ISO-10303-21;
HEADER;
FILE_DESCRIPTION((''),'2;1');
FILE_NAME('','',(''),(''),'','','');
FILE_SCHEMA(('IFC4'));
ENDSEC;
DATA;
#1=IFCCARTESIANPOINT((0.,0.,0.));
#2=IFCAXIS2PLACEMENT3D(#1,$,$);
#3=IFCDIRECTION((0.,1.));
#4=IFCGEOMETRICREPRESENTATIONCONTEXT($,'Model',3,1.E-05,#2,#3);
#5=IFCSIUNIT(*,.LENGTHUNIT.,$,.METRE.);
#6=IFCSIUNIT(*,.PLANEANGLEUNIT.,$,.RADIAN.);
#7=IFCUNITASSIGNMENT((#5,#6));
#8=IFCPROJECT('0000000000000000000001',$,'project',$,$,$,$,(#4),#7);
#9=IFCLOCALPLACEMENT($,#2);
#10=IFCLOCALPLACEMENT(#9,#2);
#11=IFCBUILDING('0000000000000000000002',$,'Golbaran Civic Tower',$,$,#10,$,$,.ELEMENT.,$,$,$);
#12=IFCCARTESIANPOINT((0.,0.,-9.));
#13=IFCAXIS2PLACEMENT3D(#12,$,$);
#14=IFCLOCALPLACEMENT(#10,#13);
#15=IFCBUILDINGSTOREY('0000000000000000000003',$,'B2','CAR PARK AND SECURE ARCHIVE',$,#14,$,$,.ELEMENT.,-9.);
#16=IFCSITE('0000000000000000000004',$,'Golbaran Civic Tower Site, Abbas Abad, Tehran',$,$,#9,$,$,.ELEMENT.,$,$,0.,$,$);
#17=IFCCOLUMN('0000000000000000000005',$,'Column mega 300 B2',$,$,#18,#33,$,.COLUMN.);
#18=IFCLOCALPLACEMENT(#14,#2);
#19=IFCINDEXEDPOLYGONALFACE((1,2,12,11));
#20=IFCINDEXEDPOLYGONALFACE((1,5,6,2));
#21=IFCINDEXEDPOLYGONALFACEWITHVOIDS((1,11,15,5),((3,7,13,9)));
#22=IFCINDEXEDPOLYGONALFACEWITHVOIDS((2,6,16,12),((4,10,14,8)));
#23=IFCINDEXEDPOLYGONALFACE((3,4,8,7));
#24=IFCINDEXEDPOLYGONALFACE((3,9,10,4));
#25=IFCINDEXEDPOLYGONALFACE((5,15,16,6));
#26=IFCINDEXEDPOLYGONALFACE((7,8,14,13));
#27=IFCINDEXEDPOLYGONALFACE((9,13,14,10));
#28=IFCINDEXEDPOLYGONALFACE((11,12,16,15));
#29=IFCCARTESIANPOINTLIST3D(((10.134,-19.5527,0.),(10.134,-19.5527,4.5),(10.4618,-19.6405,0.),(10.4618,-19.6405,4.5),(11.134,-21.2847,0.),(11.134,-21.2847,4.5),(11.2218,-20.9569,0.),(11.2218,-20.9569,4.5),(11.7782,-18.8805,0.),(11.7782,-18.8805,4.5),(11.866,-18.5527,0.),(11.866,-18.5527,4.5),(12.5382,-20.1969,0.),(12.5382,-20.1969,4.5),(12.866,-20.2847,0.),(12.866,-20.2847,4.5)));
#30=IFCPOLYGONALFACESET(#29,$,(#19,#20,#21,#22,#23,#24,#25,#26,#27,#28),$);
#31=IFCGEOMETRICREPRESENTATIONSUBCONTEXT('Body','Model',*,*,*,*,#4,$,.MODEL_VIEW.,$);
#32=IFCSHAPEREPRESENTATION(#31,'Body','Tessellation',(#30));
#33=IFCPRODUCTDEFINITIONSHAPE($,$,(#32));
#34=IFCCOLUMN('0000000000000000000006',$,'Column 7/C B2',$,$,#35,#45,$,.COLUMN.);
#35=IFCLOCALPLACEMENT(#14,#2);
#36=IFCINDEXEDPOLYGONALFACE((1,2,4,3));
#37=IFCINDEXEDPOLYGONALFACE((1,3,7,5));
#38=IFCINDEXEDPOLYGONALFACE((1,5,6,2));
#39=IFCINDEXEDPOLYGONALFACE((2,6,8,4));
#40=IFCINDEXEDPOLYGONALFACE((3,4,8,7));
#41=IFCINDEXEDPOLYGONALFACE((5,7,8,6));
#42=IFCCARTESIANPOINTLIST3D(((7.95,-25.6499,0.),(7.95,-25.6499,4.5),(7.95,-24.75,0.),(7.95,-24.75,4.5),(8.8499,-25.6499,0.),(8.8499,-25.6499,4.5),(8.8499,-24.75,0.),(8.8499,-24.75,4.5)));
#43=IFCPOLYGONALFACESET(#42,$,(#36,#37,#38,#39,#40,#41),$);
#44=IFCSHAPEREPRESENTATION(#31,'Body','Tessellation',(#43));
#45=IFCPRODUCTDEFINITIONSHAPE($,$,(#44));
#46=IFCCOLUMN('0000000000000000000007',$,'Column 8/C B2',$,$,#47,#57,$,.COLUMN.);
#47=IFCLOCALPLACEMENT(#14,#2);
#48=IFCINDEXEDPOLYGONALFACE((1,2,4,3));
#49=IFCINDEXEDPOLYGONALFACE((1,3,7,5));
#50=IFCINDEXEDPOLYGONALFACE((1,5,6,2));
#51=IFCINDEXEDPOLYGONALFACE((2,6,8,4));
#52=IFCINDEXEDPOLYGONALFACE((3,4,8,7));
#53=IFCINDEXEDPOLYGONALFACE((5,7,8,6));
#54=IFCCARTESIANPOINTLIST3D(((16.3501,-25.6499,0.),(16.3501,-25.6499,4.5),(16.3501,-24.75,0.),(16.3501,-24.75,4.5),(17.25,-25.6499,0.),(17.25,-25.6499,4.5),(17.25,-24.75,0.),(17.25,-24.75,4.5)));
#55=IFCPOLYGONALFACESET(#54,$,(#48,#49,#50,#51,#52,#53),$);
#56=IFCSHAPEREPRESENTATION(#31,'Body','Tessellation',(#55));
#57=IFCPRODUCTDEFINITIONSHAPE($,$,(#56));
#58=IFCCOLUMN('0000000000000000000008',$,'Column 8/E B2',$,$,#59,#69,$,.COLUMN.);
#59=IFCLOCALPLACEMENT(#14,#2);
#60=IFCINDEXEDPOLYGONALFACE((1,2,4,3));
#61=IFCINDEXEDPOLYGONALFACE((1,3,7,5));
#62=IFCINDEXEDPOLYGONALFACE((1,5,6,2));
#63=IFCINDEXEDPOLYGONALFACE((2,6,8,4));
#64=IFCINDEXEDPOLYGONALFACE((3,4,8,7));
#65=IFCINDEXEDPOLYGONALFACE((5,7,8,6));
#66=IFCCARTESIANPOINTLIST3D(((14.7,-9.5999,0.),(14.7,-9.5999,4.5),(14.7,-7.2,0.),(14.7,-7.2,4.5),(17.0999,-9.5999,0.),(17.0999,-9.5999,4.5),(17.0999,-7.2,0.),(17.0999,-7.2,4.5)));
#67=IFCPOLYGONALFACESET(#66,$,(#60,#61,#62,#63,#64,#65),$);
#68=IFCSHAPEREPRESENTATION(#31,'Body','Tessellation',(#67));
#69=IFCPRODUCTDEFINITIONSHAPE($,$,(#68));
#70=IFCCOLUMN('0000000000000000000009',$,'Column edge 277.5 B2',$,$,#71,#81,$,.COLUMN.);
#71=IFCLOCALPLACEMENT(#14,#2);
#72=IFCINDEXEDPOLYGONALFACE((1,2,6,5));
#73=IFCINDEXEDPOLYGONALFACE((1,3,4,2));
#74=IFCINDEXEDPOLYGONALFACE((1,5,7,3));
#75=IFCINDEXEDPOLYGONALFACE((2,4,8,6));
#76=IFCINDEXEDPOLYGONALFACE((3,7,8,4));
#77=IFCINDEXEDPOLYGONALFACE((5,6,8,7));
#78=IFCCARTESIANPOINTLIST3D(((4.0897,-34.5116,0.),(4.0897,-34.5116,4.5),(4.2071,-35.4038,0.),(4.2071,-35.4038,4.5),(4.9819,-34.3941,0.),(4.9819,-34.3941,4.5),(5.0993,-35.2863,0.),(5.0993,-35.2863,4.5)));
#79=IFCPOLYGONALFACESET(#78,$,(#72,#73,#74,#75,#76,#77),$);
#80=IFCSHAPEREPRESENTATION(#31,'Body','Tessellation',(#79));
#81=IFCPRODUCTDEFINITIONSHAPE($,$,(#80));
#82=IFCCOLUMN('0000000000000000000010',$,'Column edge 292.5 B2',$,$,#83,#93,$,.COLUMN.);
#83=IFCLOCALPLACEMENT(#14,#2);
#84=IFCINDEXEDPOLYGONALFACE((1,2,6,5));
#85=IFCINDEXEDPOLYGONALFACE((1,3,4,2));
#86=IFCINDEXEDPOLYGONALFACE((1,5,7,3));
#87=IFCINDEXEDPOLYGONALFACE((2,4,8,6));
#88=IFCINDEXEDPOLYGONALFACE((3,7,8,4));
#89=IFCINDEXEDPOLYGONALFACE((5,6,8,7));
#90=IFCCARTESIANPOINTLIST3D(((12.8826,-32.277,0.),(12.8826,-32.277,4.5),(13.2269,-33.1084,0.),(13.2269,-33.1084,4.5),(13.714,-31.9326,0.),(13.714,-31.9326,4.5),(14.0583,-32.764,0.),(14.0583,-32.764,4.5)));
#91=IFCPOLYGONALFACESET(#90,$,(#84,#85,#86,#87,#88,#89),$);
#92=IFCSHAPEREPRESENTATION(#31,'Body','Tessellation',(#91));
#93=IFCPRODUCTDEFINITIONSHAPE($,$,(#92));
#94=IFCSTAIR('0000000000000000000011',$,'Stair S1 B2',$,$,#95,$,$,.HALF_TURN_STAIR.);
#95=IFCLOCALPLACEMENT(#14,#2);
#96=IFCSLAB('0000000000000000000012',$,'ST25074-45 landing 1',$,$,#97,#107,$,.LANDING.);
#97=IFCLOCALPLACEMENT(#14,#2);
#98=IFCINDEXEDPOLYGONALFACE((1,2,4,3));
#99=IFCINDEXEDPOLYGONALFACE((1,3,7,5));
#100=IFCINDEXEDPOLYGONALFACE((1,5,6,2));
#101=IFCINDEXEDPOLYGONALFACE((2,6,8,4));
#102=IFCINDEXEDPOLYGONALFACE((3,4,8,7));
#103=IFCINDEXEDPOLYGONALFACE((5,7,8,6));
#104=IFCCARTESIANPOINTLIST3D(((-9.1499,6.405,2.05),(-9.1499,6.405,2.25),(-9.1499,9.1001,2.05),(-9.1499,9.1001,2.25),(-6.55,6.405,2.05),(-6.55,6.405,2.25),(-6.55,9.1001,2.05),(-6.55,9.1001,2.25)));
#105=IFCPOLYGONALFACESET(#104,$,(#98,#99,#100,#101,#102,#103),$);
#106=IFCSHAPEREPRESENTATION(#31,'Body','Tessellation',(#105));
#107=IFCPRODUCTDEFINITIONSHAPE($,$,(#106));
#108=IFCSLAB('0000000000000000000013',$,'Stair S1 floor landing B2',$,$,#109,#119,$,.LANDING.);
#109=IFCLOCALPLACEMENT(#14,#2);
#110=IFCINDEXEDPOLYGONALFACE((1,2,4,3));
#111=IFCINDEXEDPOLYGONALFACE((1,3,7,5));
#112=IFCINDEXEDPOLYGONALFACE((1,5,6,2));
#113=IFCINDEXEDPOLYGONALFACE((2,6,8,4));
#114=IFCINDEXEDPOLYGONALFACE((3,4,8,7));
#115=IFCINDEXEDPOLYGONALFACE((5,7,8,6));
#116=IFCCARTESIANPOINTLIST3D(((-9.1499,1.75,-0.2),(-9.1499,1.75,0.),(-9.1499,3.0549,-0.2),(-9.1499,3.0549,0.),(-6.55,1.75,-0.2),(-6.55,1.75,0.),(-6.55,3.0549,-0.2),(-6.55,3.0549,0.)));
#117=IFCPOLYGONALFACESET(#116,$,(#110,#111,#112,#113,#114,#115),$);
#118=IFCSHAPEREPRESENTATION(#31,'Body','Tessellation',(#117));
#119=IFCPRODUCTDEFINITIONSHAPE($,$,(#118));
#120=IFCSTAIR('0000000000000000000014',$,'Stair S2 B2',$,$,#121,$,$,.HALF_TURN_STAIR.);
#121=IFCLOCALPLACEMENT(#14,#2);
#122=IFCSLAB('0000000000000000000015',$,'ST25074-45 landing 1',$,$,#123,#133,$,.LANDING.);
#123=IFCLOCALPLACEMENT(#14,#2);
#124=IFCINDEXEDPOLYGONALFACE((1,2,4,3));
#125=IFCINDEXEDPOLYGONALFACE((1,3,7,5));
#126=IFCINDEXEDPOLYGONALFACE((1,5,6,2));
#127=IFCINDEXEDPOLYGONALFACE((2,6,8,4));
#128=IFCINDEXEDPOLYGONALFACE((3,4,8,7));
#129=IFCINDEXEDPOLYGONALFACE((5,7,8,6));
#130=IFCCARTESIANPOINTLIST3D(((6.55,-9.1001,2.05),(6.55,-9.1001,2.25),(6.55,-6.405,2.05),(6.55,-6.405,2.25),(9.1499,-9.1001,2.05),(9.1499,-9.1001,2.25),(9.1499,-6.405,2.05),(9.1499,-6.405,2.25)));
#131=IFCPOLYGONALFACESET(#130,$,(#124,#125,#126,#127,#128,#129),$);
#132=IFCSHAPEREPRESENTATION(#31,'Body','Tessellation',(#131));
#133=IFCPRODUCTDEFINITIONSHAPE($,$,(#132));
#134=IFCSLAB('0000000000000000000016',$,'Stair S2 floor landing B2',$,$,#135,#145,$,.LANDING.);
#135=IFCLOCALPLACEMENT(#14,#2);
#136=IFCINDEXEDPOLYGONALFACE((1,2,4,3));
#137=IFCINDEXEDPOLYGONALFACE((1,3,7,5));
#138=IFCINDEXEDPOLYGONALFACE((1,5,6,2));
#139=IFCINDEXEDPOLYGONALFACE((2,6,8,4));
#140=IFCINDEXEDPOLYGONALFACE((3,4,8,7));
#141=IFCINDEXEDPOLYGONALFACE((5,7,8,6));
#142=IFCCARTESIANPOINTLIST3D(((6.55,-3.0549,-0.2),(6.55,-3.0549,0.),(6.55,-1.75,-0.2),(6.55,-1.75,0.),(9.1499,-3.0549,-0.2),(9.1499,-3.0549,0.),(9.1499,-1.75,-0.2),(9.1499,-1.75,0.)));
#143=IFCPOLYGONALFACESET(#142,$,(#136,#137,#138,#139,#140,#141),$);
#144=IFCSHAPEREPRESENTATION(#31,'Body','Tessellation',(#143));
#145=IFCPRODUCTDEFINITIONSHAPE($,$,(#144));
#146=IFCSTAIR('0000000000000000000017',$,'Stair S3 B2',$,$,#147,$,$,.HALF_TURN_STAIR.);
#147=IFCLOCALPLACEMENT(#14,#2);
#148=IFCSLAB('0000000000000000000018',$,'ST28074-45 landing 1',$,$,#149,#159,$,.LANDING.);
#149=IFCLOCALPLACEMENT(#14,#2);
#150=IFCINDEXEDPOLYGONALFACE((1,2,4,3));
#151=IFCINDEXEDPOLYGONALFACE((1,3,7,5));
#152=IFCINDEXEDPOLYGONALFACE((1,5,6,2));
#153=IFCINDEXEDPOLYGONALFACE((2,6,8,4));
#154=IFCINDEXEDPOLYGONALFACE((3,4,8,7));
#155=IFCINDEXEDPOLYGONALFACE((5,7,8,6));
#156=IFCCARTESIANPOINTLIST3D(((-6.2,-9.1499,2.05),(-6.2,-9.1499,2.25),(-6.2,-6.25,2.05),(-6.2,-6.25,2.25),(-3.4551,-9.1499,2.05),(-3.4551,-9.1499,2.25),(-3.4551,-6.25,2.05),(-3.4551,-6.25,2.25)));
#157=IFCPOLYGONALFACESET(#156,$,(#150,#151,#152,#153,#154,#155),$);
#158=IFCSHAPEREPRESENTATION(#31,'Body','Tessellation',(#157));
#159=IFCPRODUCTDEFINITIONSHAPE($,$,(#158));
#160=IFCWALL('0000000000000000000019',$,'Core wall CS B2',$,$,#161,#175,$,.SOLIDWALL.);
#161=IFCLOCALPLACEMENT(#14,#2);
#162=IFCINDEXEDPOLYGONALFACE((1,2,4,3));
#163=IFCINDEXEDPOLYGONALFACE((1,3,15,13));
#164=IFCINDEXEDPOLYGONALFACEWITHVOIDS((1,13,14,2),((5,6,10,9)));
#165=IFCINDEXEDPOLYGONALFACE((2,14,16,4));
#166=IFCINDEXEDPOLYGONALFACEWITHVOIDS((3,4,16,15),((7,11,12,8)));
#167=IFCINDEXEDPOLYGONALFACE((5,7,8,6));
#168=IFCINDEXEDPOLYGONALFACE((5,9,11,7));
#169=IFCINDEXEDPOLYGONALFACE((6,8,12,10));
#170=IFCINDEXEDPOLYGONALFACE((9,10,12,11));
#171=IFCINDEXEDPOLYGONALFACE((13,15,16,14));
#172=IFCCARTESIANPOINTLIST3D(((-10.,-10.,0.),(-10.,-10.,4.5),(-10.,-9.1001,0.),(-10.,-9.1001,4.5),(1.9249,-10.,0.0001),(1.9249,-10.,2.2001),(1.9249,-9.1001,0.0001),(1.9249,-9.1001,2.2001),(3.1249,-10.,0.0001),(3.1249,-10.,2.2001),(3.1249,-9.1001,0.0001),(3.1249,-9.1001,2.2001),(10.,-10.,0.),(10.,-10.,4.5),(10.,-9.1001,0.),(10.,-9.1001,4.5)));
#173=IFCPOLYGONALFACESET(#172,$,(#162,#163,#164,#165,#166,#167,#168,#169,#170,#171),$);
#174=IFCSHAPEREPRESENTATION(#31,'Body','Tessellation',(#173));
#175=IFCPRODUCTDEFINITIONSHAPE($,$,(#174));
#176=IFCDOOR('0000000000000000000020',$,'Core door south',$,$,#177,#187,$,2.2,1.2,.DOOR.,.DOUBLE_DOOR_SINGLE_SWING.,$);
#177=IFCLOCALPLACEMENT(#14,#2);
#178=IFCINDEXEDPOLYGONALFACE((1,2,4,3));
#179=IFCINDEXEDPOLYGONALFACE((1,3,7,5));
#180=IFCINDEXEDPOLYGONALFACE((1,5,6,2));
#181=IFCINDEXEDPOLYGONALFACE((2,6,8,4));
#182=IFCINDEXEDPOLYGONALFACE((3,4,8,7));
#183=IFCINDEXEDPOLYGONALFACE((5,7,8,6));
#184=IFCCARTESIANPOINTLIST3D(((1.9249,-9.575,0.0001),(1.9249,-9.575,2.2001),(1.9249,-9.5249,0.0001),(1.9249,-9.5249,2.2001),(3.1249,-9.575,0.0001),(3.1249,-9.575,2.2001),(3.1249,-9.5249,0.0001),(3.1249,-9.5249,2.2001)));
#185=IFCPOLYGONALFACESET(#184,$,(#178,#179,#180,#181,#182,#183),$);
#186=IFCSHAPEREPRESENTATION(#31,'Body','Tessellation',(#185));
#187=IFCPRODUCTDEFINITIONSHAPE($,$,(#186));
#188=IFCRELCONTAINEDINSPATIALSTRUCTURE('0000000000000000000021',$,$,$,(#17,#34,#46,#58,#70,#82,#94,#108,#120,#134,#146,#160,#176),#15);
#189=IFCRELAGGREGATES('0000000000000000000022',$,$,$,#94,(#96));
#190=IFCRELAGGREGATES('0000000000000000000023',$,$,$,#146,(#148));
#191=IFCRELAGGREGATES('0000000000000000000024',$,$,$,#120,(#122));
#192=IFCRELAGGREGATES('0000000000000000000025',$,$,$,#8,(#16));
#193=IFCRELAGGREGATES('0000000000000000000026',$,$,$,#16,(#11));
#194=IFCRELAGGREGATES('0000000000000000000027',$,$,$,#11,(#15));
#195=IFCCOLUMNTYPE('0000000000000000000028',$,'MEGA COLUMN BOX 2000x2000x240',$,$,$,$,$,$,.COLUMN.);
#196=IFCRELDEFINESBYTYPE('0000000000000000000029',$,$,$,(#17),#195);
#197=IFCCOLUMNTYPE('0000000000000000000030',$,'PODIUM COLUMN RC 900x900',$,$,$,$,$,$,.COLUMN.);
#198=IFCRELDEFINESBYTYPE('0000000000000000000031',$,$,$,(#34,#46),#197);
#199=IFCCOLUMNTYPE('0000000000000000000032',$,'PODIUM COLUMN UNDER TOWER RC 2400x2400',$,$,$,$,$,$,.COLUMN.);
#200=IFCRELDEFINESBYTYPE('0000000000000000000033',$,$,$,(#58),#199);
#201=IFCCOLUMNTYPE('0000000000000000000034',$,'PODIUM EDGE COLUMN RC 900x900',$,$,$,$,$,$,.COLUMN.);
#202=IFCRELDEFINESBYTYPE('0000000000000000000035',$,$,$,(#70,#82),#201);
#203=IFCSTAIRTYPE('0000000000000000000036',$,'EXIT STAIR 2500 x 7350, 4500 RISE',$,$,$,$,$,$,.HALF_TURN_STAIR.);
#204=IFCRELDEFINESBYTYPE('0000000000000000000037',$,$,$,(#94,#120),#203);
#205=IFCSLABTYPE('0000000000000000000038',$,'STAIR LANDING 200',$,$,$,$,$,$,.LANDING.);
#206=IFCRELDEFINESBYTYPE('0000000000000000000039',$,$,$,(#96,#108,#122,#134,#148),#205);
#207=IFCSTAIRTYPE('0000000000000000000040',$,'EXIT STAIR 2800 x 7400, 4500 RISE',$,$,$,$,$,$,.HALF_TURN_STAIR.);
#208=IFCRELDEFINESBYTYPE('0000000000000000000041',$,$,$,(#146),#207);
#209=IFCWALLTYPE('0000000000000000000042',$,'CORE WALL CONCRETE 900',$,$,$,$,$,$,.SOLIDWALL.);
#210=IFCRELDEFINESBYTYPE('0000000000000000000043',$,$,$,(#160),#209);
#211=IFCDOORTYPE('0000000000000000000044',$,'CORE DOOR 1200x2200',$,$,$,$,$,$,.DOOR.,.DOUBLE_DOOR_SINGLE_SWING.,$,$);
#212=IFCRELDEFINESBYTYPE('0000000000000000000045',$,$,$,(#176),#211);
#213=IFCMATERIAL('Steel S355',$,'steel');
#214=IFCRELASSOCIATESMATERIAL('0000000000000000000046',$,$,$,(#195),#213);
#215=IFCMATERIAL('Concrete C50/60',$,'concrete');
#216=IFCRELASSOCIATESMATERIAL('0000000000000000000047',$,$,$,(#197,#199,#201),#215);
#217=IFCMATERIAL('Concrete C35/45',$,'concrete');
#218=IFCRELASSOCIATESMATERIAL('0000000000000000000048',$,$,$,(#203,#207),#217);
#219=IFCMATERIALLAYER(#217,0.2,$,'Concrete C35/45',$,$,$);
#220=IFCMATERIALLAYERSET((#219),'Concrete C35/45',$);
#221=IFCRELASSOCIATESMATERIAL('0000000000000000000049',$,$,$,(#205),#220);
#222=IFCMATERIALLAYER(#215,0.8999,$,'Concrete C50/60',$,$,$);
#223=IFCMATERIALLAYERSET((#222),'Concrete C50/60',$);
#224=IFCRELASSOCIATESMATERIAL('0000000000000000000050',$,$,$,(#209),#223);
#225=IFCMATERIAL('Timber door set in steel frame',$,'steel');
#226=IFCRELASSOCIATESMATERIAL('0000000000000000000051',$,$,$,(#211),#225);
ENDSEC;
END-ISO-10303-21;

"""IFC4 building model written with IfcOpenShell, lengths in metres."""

from ifc_helpers import new_model, si_unit, direction, frame, frame_2d, origin, origin_2d, place, context, subcontext, project, spatial, polyline, rectangle, hollow_rectangle, outline, extrude, material, layer, layer_set, material_profile, profile_set, type_object, element, fill, aggregate, save


model = new_model("IFC4")

# Units and contexts
model_context = context("Model", 3, precision=1e-05, world=origin(), true_north=direction((0.0, 1.0)))
body_context = subcontext(model_context, "Body", "Model", "MODEL_VIEW")
ifc_project = project(units=[si_unit("LENGTHUNIT", "METRE"), si_unit("PLANEANGLEUNIT", "RADIAN")], contexts=[model_context])

# Site, building, storey
site_placement = place(None, origin())
site = spatial("IfcSite", under=ifc_project, at=site_placement, Name="Golbaran Civic Tower Site, Abbas Abad, Tehran", CompositionType="ELEMENT", RefElevation=0.0)
building_placement = place(site_placement, origin())
building = spatial("IfcBuilding", under=site, at=building_placement, Name="Golbaran Civic Tower", CompositionType="ELEMENT")
storey_placement = place(building_placement, frame((0.0, 0.0, -9.0)))
storey = spatial("IfcBuildingStorey", under=building, at=storey_placement, Name="B2", Description="CAR PARK AND SECURE ARCHIVE", CompositionType="ELEMENT", Elevation=-9.0)

# Columns
ifc_material_1 = material(Name="Steel S355", Category="steel")
ifc_material_profile_1 = material_profile(ifc_material_1, hollow_rectangle(XDim=2.0, YDim=2.0, WallThickness=0.24, at=origin_2d()), Name="BOX 2000x2000x240")
ifc_profile_set_1 = profile_set([ifc_material_profile_1], Name="Steel S355")
column_type_1 = type_object("IfcColumnType", Name="MEGA COLUMN BOX 2000x2000x240", PredefinedType="COLUMN", material=ifc_profile_set_1)
column_1_placement = place(storey_placement, frame((11.5, -19.9187, 0.0), z_axis=(0.0, 0.0, 1.0), x_axis=(0.5, -0.866025, 0.0)))
element("IfcColumn", 1, at=column_1_placement, inside=storey, type_object=column_type_1, Name="Column mega 300 B2", PredefinedType="COLUMN", context=body_context, shape_type="SweptSolid", body=[
    extrude(hollow_rectangle(XDim=2.0, YDim=2.0, WallThickness=0.24, at=origin_2d()), origin(), (0.0, 0.0, 1.0), 4.5),
])
ifc_material_2 = material(Name="Concrete C50/60", Category="concrete")
ifc_material_profile_2 = material_profile(ifc_material_2, rectangle(XDim=0.8999, YDim=0.8999, at=origin_2d()), Name="RC 900x900")
ifc_profile_set_2 = profile_set([ifc_material_profile_2], Name="Concrete C50/60")
column_type_2 = type_object("IfcColumnType", Name="PODIUM COLUMN RC 900x900", PredefinedType="COLUMN", material=ifc_profile_set_2)
for number, where, z_axis, x_axis, name in (
    (2, (8.3999, -25.2, 0.0), (0.0, 0.0, 1.0), (1.0, 0.0, 0.0), "Column 7/C B2"),
    (3, (16.8, -25.2, 0.0), (0.0, 0.0, 1.0), (1.0, 0.0, 0.0), "Column 8/C B2"),
):
    element("IfcColumn", number, at=place(storey_placement, frame(where, z_axis=z_axis, x_axis=x_axis)), inside=storey, type_object=column_type_2, Name=name, PredefinedType="COLUMN", context=body_context, shape_type="SweptSolid", body=[
        extrude(rectangle(XDim=0.8999, YDim=0.8999, at=origin_2d()), origin(), (0.0, 0.0, 1.0), 4.5),
    ])
ifc_material_profile_3 = material_profile(ifc_material_2, rectangle(XDim=2.3999, YDim=2.3999, at=origin_2d()), Name="RC 2400x2400")
ifc_profile_set_3 = profile_set([ifc_material_profile_3], Name="Concrete C50/60")
column_type_3 = type_object("IfcColumnType", Name="PODIUM COLUMN UNDER TOWER RC 2400x2400", PredefinedType="COLUMN", material=ifc_profile_set_3)
column_2_placement = place(storey_placement, frame((15.8999, -8.3999, 0.0), z_axis=(0.0, 0.0, 1.0), x_axis=(1.0, 0.0, 0.0)))
element("IfcColumn", 4, at=column_2_placement, inside=storey, type_object=column_type_3, Name="Column 8/E B2", PredefinedType="COLUMN", context=body_context, shape_type="SweptSolid", body=[
    extrude(rectangle(XDim=2.3999, YDim=2.3999, at=origin_2d()), origin(), (0.0, 0.0, 1.0), 4.5),
])
ifc_material_profile_4 = material_profile(ifc_material_2, rectangle(XDim=0.8999, YDim=0.8999, at=origin_2d()), Name="RC 900x900")
ifc_profile_set_4 = profile_set([ifc_material_profile_4], Name="Concrete C50/60")
column_type_4 = type_object("IfcColumnType", Name="PODIUM EDGE COLUMN RC 900x900", PredefinedType="COLUMN", material=ifc_profile_set_4)
for number, where, z_axis, x_axis, name in (
    (5, (4.5945, -34.8989, 0.0), (0.0, 0.0, 1.0), (0.130526, -0.991445, 0.0), "Column edge 277.5 B2"),
    (6, (13.4705, -32.5205, 0.0), (0.0, 0.0, 1.0), (0.382683, -0.92388, 0.0), "Column edge 292.5 B2"),
):
    element("IfcColumn", number, at=place(storey_placement, frame(where, z_axis=z_axis, x_axis=x_axis)), inside=storey, type_object=column_type_4, Name=name, PredefinedType="COLUMN", context=body_context, shape_type="SweptSolid", body=[
        extrude(rectangle(XDim=0.8999, YDim=0.8999, at=origin_2d()), origin(), (0.0, 0.0, 1.0), 4.5),
    ])

# Stair, slab
ifc_material_3 = material(Name="Concrete C35/45", Category="concrete")
stair_type_1 = type_object("IfcStairType", Name="EXIT STAIR 2500 x 7350, 4500 RISE", PredefinedType="HALF_TURN_STAIR", material=ifc_material_3)
stair_1_placement = place(storey_placement, origin())
stair_1 = element("IfcStair", 7, at=stair_1_placement, inside=storey, type_object=stair_type_1, Name="Stair S1 B2", PredefinedType="HALF_TURN_STAIR")
ifc_layer_1 = layer(ifc_material_3, 0.2, Name="Concrete C35/45")
ifc_layer_set_1 = layer_set([ifc_layer_1], Name="Concrete C35/45")
slab_type = type_object("IfcSlabType", Name="STAIR LANDING 200", PredefinedType="LANDING", material=ifc_layer_set_1)
slab_1_placement = place(storey_placement, frame((0.0, 0.0, 2.05)))
slab_1 = element("IfcSlab", 8, at=slab_1_placement, type_object=slab_type, Name="ST25074-45 landing 1", PredefinedType="LANDING", context=body_context, shape_type="SweptSolid", body=[
    extrude(outline(polyline([(-9.1499, 6.405), (-9.1499, 9.1001), (-6.55, 9.1001), (-6.55, 6.405), (-9.1499, 6.405)])), origin(), (0.0, 0.0, 1.0), 0.2),
])
aggregate(stair_1, [slab_1])

# Slab
slab_2_placement = place(storey_placement, frame((0.0, 0.0, -0.2)))
element("IfcSlab", 9, at=slab_2_placement, inside=storey, type_object=slab_type, Name="Stair S1 floor landing B2", PredefinedType="LANDING", context=body_context, shape_type="SweptSolid", body=[
    extrude(outline(polyline([(-9.1499, 1.75), (-9.1499, 3.0549), (-6.55, 3.0549), (-6.55, 1.75), (-9.1499, 1.75)])), origin(), (0.0, 0.0, 1.0), 0.2),
])

# Stair, slab
stair_2_placement = place(storey_placement, origin())
stair_2 = element("IfcStair", 10, at=stair_2_placement, inside=storey, type_object=stair_type_1, Name="Stair S2 B2", PredefinedType="HALF_TURN_STAIR")
slab_3_placement = place(storey_placement, frame((0.0, 0.0, 2.05)))
slab_3 = element("IfcSlab", 11, at=slab_3_placement, type_object=slab_type, Name="ST25074-45 landing 1", PredefinedType="LANDING", context=body_context, shape_type="SweptSolid", body=[
    extrude(outline(polyline([(9.1499, -6.405), (9.1499, -9.1001), (6.55, -9.1001), (6.55, -6.405), (9.1499, -6.405)])), origin(), (0.0, 0.0, 1.0), 0.2),
])

# Slab
slab_4_placement = place(storey_placement, frame((0.0, 0.0, -0.2)))
element("IfcSlab", 12, at=slab_4_placement, inside=storey, type_object=slab_type, Name="Stair S2 floor landing B2", PredefinedType="LANDING", context=body_context, shape_type="SweptSolid", body=[
    extrude(outline(polyline([(9.1499, -1.75), (9.1499, -3.0549), (6.55, -3.0549), (6.55, -1.75), (9.1499, -1.75)])), origin(), (0.0, 0.0, 1.0), 0.2),
])

# Stair, slab
stair_type_2 = type_object("IfcStairType", Name="EXIT STAIR 2800 x 7400, 4500 RISE", PredefinedType="HALF_TURN_STAIR", material=ifc_material_3)
stair_3_placement = place(storey_placement, origin())
stair_3 = element("IfcStair", 13, at=stair_3_placement, inside=storey, type_object=stair_type_2, Name="Stair S3 B2", PredefinedType="HALF_TURN_STAIR")
slab_5_placement = place(storey_placement, frame((0.0, 0.0, 2.05)))
slab_5 = element("IfcSlab", 14, at=slab_5_placement, type_object=slab_type, Name="ST28074-45 landing 1", PredefinedType="LANDING", context=body_context, shape_type="SweptSolid", body=[
    extrude(outline(polyline([(-3.4551, -9.1499), (-6.2, -9.1499), (-6.2, -6.25), (-3.4551, -6.25), (-3.4551, -9.1499)])), origin(), (0.0, 0.0, 1.0), 0.2),
])
aggregate(stair_3, [slab_5])

# Wall, opening, door
ifc_layer_2 = layer(ifc_material_2, 0.8999, Name="Concrete C50/60")
ifc_layer_set_2 = layer_set([ifc_layer_2], Name="Concrete C50/60")
wall_type_1 = type_object("IfcWallType", Name="CORE WALL CONCRETE 900", PredefinedType="SOLIDWALL", material=ifc_layer_set_2)
wall_1_placement = place(storey_placement, frame((10.0, -9.55, 0.0), z_axis=(0.0, 0.0, 1.0), x_axis=(-1.0, 0.0, 0.0)))
wall_1 = element("IfcWall", 15, at=wall_1_placement, inside=storey, type_object=wall_type_1, Name="Core wall CS B2", PredefinedType="SOLIDWALL", context=body_context, shape_type="SweptSolid", body=[
    extrude(rectangle(XDim=20.0, YDim=0.8999, at=frame_2d((10.0, 0.0))), origin(), (0.0, 0.0, 1.0), 4.5),
])
opening_1_placement = place(wall_1_placement, frame((6.875, 0.0, 0.0)))
opening_1 = element("IfcOpeningElement", 16, at=opening_1_placement, cuts=wall_1, PredefinedType="OPENING", context=body_context, shape_type="SweptSolid", body=[
    extrude(rectangle(XDim=1.2, YDim=2.2, at=frame_2d((0.6001, 1.1001))), frame((0.0, 0.46, 0.0), z_axis=(0.0, -1.0, 0.0), x_axis=(1.0, 0.0, 0.0)), (0.0, 0.0, 1.0), 0.9199),
])
ifc_material_4 = material(Name="Timber door set in steel frame", Category="steel")
door_type_1 = type_object("IfcDoorType", Name="CORE DOOR 1200x2200", OperationType="DOUBLE_DOOR_SINGLE_SWING", PredefinedType="DOOR", material=ifc_material_4)
door_1_placement = place(opening_1_placement, origin())
door_1 = element("IfcDoor", 17, at=door_1_placement, inside=storey, type_object=door_type_1, Name="Core door south", OperationType="DOUBLE_DOOR_SINGLE_SWING", OverallHeight=2.2, OverallWidth=1.2, PredefinedType="DOOR", context=body_context, shape_type="SweptSolid", body=[
    extrude(rectangle(XDim=1.2, YDim=2.2, at=frame_2d((0.6001, 1.1001))), frame((0.0, 0.0249, 0.0), z_axis=(0.0, -1.0, 0.0), x_axis=(1.0, 0.0, 0.0)), (0.0, 0.0, 1.0), 0.05),
])
fill(opening_1, door_1)

aggregate(stair_2, [slab_3])

save(model, "model.ifc")
